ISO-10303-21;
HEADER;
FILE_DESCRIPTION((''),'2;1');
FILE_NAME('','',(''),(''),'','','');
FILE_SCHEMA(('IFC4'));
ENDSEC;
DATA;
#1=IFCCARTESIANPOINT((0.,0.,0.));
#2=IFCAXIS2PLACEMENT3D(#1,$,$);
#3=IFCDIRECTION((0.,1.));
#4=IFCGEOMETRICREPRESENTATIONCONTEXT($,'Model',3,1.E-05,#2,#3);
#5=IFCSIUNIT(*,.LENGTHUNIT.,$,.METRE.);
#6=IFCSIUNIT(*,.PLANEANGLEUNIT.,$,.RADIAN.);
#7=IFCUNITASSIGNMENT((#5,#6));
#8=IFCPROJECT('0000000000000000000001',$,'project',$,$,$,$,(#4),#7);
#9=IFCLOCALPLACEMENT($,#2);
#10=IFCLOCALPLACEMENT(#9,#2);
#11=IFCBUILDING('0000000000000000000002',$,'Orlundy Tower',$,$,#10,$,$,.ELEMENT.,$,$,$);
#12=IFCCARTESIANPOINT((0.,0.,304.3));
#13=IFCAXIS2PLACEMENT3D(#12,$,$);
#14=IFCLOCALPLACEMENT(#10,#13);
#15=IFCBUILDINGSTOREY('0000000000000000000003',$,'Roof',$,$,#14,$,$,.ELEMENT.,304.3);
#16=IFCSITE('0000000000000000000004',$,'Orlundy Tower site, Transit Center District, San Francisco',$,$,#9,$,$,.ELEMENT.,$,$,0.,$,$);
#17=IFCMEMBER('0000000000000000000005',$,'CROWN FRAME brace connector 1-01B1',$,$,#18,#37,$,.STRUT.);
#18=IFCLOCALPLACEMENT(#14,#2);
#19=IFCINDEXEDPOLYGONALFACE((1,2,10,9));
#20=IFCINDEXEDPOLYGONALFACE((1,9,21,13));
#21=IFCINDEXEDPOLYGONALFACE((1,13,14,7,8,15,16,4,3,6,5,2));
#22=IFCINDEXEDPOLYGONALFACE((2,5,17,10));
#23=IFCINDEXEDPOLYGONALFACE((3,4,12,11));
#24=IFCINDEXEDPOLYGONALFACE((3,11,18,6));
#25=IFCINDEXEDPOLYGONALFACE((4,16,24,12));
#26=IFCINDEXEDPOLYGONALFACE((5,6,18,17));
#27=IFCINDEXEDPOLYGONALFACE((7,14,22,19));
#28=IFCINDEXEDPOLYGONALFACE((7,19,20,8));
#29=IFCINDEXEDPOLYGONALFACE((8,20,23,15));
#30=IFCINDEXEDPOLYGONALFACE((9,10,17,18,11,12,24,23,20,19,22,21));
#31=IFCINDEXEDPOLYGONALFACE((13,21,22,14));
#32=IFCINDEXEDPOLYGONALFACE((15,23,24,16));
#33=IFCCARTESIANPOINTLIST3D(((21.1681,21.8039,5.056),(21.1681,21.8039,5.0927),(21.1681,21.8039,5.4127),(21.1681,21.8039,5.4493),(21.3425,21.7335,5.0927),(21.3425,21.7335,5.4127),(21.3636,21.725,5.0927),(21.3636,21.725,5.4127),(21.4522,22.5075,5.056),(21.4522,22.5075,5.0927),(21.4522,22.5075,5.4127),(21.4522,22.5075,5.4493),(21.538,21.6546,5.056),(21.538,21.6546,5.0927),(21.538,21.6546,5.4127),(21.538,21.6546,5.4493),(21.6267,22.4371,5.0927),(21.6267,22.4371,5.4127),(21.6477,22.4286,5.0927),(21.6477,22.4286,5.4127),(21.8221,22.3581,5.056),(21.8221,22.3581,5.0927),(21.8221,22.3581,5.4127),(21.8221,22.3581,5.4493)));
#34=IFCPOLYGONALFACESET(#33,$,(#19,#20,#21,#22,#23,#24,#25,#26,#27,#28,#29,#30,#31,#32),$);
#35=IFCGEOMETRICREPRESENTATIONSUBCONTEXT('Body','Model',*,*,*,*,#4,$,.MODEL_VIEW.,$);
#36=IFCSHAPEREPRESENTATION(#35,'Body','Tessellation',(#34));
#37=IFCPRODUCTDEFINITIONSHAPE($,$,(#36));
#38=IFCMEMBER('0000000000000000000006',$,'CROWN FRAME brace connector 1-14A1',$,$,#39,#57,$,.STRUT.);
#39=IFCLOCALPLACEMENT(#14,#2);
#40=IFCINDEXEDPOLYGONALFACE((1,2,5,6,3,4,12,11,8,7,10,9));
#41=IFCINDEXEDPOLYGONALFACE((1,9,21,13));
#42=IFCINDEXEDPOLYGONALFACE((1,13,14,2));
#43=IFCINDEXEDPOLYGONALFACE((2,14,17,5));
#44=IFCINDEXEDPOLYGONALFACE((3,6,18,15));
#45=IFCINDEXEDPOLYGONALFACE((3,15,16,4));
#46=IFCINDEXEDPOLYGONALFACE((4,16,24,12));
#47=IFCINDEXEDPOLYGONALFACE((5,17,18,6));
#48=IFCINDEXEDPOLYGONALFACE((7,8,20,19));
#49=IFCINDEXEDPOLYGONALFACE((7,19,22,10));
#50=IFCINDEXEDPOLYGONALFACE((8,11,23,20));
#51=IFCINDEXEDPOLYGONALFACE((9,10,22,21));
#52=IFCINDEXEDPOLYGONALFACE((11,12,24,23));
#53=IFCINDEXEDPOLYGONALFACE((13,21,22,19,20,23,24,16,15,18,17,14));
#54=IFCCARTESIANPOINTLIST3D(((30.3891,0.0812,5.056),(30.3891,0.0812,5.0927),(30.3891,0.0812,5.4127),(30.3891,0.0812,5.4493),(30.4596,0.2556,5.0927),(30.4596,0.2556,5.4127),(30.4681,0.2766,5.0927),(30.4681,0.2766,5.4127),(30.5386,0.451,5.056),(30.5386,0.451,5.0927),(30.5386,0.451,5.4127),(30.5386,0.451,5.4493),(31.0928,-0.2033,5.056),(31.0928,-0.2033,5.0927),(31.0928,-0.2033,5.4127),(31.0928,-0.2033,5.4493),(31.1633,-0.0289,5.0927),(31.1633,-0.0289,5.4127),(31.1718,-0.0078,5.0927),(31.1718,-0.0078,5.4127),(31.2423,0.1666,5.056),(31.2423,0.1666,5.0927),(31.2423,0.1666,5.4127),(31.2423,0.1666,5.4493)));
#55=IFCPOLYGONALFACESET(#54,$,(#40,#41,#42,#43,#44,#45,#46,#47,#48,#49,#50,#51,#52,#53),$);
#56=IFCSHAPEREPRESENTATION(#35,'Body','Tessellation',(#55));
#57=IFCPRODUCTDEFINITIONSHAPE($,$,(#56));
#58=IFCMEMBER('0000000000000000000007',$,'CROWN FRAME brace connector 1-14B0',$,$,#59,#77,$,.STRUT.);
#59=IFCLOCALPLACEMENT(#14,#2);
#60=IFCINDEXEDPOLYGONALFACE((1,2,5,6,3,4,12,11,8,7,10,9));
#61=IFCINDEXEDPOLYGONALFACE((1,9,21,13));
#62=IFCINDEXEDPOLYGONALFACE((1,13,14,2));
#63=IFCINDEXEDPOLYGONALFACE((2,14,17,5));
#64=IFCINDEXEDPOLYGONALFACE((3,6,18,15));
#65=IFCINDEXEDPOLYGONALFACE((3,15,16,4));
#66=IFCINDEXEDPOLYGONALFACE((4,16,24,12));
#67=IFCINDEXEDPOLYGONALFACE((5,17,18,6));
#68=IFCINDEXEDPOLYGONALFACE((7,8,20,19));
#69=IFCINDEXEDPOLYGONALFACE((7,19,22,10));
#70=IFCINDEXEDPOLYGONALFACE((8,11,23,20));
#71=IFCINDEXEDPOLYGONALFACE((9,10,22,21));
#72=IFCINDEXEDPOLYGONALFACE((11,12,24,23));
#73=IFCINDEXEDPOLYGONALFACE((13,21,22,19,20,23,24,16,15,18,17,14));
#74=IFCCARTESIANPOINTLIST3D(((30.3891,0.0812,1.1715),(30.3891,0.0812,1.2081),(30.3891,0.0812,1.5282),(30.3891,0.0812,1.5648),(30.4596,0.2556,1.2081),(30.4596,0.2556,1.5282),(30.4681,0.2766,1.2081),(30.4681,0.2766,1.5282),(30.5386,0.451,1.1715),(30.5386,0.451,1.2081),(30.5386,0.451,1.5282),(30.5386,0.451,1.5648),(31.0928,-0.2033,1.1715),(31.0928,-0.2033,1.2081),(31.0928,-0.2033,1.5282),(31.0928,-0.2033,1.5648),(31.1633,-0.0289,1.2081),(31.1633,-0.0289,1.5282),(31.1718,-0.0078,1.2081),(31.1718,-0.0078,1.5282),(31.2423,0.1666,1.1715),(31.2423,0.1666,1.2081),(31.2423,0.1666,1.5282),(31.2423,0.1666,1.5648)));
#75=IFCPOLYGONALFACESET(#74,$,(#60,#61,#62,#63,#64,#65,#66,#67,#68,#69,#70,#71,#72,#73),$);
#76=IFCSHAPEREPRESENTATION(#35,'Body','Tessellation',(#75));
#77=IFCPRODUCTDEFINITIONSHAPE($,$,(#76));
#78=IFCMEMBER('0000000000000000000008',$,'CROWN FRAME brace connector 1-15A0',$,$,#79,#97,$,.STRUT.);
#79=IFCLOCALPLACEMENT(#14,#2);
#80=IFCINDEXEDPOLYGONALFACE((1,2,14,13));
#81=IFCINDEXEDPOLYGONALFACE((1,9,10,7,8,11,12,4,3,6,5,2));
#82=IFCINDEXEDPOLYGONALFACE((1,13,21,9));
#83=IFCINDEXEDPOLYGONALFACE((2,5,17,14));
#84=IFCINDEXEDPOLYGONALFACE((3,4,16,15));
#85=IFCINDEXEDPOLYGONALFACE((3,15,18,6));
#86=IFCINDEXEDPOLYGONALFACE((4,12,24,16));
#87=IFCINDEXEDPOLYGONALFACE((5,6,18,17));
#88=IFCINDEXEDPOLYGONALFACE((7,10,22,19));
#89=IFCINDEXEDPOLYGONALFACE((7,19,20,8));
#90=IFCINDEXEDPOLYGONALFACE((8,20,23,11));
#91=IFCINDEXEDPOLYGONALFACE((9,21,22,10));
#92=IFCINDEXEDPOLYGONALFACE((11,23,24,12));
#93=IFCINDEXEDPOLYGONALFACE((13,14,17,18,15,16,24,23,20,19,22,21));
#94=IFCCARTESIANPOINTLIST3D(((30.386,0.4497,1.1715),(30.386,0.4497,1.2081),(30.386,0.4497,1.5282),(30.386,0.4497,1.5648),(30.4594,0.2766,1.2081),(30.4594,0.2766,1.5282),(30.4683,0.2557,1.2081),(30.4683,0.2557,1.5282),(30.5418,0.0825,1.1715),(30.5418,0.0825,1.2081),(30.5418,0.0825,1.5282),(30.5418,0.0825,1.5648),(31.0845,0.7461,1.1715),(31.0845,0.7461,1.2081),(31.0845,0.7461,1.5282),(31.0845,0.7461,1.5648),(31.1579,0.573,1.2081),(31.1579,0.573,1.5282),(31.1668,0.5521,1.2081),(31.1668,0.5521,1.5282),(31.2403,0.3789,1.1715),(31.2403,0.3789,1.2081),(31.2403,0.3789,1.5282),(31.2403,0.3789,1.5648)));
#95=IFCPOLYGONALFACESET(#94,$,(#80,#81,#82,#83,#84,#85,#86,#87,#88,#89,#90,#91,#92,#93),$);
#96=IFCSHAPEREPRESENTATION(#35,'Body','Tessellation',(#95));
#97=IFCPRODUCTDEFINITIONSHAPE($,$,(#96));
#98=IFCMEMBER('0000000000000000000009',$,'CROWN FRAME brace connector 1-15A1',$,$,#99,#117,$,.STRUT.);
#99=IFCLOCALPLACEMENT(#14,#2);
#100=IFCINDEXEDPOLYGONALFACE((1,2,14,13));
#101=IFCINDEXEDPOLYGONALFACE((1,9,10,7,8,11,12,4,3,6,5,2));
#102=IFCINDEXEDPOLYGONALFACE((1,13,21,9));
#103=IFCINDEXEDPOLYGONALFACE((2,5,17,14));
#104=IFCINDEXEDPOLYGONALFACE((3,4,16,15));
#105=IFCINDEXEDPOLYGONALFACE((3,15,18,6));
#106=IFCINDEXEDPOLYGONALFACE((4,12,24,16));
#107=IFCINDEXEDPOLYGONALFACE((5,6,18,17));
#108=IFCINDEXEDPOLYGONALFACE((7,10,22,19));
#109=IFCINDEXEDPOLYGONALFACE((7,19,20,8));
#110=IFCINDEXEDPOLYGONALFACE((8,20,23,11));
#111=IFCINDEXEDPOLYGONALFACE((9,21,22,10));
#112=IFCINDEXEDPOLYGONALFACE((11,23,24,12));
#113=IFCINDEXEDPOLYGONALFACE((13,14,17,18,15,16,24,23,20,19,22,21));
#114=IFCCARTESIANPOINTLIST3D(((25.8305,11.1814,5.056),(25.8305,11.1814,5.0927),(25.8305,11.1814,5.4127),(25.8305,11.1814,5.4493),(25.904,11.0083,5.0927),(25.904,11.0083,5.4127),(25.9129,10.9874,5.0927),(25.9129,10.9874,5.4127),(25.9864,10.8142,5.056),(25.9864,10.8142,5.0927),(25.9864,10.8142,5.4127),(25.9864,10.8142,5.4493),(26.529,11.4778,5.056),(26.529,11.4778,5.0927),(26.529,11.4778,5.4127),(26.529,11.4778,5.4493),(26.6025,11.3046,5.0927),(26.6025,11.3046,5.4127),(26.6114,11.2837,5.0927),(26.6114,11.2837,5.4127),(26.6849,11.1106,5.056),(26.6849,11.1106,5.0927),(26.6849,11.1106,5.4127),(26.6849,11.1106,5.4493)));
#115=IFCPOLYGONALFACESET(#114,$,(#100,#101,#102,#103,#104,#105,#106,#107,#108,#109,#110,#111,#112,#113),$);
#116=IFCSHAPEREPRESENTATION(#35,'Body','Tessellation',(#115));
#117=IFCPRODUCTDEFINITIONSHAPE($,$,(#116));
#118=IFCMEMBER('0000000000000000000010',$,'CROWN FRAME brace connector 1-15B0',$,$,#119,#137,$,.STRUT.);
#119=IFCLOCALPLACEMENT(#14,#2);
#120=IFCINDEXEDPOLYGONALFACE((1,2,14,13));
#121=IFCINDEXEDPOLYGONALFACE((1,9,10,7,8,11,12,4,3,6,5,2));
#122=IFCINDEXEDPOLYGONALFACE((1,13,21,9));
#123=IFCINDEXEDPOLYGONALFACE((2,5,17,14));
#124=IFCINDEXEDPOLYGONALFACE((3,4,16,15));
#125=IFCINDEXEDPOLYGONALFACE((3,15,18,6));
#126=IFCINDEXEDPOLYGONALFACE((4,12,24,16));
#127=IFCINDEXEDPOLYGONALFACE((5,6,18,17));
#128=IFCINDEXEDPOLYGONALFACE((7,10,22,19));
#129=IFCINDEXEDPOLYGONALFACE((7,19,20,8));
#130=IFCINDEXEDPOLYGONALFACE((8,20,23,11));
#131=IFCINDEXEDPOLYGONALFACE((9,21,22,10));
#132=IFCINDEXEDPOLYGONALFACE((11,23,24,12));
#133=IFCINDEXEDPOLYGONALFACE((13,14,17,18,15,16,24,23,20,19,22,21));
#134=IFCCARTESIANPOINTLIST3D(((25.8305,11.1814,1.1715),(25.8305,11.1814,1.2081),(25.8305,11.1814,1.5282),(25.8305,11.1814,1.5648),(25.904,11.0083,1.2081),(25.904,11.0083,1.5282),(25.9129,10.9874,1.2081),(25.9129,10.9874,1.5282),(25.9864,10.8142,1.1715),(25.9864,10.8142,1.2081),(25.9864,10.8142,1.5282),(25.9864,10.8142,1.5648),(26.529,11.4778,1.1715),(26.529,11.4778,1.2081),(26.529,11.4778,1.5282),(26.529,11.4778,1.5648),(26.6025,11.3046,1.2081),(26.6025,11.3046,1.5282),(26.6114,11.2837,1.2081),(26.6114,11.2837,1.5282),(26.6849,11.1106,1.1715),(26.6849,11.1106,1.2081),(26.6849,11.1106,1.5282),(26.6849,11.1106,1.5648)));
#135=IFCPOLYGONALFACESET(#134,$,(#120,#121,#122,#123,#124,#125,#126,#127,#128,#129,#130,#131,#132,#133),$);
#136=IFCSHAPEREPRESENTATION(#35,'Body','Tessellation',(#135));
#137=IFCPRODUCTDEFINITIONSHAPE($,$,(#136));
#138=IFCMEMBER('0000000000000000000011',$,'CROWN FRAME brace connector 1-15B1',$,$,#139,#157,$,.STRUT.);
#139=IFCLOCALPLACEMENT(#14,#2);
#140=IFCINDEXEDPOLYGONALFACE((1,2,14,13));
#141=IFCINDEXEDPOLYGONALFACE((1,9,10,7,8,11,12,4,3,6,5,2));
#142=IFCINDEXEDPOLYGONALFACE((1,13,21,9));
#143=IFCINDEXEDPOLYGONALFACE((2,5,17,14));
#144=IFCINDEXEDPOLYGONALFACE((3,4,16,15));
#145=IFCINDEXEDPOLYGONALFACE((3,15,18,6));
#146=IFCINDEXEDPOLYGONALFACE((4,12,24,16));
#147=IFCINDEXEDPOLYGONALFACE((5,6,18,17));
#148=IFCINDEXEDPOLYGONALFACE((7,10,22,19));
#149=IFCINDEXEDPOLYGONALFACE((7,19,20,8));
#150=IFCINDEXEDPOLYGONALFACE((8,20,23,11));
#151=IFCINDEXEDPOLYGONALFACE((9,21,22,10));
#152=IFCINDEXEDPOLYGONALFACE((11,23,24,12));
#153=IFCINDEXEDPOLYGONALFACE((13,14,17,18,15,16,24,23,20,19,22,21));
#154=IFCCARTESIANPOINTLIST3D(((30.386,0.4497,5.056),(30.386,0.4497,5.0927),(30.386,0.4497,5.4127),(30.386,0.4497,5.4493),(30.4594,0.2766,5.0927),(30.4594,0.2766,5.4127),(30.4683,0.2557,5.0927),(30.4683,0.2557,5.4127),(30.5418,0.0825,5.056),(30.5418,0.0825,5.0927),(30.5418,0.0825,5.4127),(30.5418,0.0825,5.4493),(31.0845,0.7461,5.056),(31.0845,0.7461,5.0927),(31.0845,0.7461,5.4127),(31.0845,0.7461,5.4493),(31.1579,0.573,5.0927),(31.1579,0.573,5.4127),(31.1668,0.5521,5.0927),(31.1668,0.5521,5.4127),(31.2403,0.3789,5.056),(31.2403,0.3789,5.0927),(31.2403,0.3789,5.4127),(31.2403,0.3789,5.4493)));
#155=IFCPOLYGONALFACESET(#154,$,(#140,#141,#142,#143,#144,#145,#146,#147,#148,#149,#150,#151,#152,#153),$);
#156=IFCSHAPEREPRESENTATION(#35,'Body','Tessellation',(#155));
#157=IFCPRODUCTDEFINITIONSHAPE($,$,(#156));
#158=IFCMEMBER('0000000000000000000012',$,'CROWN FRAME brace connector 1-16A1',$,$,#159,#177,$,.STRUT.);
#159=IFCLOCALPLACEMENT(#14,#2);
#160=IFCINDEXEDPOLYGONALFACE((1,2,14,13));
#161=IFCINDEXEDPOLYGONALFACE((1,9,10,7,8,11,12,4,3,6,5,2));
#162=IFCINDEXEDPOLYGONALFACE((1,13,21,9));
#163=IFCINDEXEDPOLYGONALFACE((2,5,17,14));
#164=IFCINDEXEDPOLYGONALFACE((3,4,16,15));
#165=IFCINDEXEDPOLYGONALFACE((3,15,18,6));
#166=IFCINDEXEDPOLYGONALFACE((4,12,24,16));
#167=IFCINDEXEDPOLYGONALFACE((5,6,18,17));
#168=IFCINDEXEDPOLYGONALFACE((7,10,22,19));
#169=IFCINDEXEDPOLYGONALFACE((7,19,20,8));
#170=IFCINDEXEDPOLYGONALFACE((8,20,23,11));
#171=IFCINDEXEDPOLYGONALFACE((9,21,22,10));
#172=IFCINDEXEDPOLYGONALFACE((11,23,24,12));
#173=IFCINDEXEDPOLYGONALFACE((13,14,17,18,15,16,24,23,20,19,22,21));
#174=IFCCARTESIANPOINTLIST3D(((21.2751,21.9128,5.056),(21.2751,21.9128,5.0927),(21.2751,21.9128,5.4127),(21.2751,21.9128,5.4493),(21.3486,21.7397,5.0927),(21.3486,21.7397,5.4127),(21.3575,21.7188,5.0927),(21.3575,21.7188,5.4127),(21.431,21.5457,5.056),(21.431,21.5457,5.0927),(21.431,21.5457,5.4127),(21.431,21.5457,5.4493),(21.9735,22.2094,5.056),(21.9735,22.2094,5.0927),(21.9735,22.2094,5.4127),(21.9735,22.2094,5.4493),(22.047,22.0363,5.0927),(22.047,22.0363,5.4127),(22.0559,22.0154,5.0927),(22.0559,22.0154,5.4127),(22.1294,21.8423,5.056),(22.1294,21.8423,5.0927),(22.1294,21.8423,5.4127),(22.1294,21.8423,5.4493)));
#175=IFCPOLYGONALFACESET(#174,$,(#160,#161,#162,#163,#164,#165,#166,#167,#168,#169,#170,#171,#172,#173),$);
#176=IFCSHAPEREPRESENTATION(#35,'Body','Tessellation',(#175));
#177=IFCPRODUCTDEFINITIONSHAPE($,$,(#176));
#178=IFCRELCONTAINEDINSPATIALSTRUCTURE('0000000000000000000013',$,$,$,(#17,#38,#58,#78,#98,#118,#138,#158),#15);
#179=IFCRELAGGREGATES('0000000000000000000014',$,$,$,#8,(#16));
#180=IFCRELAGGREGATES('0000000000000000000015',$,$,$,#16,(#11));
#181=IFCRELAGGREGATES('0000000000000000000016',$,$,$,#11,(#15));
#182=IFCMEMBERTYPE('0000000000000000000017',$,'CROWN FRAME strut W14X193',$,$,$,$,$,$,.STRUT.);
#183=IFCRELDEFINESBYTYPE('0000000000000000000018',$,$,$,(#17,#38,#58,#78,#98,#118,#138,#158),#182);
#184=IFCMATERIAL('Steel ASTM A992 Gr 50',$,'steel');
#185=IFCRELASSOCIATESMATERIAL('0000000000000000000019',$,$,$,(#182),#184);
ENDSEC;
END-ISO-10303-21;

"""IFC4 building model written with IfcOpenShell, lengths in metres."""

from ifc_helpers import new_model, si_unit, direction, frame, origin, origin_2d, place, context, subcontext, project, spatial, i_section, extrude, material, material_profile, profile_set, type_object, element, save


model = new_model("IFC4")

# Units and contexts
model_context = context("Model", 3, precision=1e-05, world=origin(), true_north=direction((0.0, 1.0)))
body_context = subcontext(model_context, "Body", "Model", "MODEL_VIEW")
ifc_project = project(units=[si_unit("LENGTHUNIT", "METRE"), si_unit("PLANEANGLEUNIT", "RADIAN")], contexts=[model_context])

# Site, building, storey
site_placement = place(None, origin())
site = spatial("IfcSite", under=ifc_project, at=site_placement, Name="Orlundy Tower site, Transit Center District, San Francisco", CompositionType="ELEMENT", RefElevation=0.0)
building_placement = place(site_placement, origin())
building = spatial("IfcBuilding", under=site, at=building_placement, Name="Orlundy Tower", CompositionType="ELEMENT")
storey_placement = place(building_placement, frame((0.0, 0.0, 304.3)))
storey = spatial("IfcBuildingStorey", under=building, at=storey_placement, Name="Roof", CompositionType="ELEMENT", Elevation=304.3)

# Members
ifc_material_1 = material(Name="Steel ASTM A992 Gr 50", Category="steel")
ifc_material_profile_1 = material_profile(ifc_material_1, i_section(OverallWidth=0.3989, OverallDepth=0.3933, WebThickness=0.0227, FlangeThickness=0.0366, at=origin_2d()), Name="W14X193")
ifc_profile_set_1 = profile_set([ifc_material_profile_1], Name="Steel ASTM A992 Gr 50")
member_type_1 = type_object("IfcMemberType", Name="CROWN FRAME strut W14X193", PredefinedType="STRUT", material=ifc_profile_set_1)
member_1_placement = place(storey_placement, frame((21.353, 21.7292, 5.2527), z_axis=(0.374495, 0.927229, 0.0), x_axis=(-0.927229, 0.374495, 0.0)))
element("IfcMember", 1, at=member_1_placement, inside=storey, type_object=member_type_1, Name="CROWN FRAME brace connector 1-01B1", PredefinedType="STRUT", context=body_context, shape_type="SweptSolid", body=[
    extrude(i_section(OverallWidth=0.3989, OverallDepth=0.3933, WebThickness=0.0227, FlangeThickness=0.0366, at=origin_2d()), origin(), (0.0, 0.0, 1.0), 0.7588),
])
for number, where, z_axis, x_axis, name in (
    (2, (30.4639, 0.2661, 5.2527), (0.927117, -0.374772, 0.0), (0.374772, 0.927117, 0.0), "CROWN FRAME brace connector 1-14A1"),
    (3, (30.4639, 0.2661, 1.3682), (0.927117, -0.374772, 0.0), (0.374772, 0.927117, 0.0), "CROWN FRAME brace connector 1-14B0"),
):
    element("IfcMember", number, at=place(storey_placement, frame(where, z_axis=z_axis, x_axis=x_axis)), inside=storey, type_object=member_type_1, Name=name, PredefinedType="STRUT", context=body_context, shape_type="SweptSolid", body=[
        extrude(i_section(OverallWidth=0.3989, OverallDepth=0.3933, WebThickness=0.0227, FlangeThickness=0.0366, at=origin_2d()), origin(), (0.0, 0.0, 1.0), 0.759),
    ])
for number, where, z_axis, x_axis, name in (
    (4, (30.4639, 0.2661, 1.3682), (0.920554, 0.390616, 0.0), (-0.390616, 0.920554, 0.0), "CROWN FRAME brace connector 1-15A0"),
    (5, (25.9084, 10.9978, 5.2527), (0.920554, 0.390616, 0.0), (-0.390616, 0.920554, 0.0), "CROWN FRAME brace connector 1-15A1"),
    (6, (25.9084, 10.9978, 1.3682), (0.920554, 0.390616, 0.0), (-0.390616, 0.920554, 0.0), "CROWN FRAME brace connector 1-15B0"),
    (7, (30.4639, 0.2661, 5.2527), (0.920554, 0.390616, 0.0), (-0.390616, 0.920554, 0.0), "CROWN FRAME brace connector 1-15B1"),
    (8, (21.353, 21.7292, 5.2527), (0.920438, 0.390889, 0.0), (-0.390889, 0.920438, 0.0), "CROWN FRAME brace connector 1-16A1"),
):
    element("IfcMember", number, at=place(storey_placement, frame(where, z_axis=z_axis, x_axis=x_axis)), inside=storey, type_object=member_type_1, Name=name, PredefinedType="STRUT", context=body_context, shape_type="SweptSolid", body=[
        extrude(i_section(OverallWidth=0.3989, OverallDepth=0.3933, WebThickness=0.0227, FlangeThickness=0.0366, at=origin_2d()), origin(), (0.0, 0.0, 1.0), 0.7588),
    ])

save(model, "model.ifc")
